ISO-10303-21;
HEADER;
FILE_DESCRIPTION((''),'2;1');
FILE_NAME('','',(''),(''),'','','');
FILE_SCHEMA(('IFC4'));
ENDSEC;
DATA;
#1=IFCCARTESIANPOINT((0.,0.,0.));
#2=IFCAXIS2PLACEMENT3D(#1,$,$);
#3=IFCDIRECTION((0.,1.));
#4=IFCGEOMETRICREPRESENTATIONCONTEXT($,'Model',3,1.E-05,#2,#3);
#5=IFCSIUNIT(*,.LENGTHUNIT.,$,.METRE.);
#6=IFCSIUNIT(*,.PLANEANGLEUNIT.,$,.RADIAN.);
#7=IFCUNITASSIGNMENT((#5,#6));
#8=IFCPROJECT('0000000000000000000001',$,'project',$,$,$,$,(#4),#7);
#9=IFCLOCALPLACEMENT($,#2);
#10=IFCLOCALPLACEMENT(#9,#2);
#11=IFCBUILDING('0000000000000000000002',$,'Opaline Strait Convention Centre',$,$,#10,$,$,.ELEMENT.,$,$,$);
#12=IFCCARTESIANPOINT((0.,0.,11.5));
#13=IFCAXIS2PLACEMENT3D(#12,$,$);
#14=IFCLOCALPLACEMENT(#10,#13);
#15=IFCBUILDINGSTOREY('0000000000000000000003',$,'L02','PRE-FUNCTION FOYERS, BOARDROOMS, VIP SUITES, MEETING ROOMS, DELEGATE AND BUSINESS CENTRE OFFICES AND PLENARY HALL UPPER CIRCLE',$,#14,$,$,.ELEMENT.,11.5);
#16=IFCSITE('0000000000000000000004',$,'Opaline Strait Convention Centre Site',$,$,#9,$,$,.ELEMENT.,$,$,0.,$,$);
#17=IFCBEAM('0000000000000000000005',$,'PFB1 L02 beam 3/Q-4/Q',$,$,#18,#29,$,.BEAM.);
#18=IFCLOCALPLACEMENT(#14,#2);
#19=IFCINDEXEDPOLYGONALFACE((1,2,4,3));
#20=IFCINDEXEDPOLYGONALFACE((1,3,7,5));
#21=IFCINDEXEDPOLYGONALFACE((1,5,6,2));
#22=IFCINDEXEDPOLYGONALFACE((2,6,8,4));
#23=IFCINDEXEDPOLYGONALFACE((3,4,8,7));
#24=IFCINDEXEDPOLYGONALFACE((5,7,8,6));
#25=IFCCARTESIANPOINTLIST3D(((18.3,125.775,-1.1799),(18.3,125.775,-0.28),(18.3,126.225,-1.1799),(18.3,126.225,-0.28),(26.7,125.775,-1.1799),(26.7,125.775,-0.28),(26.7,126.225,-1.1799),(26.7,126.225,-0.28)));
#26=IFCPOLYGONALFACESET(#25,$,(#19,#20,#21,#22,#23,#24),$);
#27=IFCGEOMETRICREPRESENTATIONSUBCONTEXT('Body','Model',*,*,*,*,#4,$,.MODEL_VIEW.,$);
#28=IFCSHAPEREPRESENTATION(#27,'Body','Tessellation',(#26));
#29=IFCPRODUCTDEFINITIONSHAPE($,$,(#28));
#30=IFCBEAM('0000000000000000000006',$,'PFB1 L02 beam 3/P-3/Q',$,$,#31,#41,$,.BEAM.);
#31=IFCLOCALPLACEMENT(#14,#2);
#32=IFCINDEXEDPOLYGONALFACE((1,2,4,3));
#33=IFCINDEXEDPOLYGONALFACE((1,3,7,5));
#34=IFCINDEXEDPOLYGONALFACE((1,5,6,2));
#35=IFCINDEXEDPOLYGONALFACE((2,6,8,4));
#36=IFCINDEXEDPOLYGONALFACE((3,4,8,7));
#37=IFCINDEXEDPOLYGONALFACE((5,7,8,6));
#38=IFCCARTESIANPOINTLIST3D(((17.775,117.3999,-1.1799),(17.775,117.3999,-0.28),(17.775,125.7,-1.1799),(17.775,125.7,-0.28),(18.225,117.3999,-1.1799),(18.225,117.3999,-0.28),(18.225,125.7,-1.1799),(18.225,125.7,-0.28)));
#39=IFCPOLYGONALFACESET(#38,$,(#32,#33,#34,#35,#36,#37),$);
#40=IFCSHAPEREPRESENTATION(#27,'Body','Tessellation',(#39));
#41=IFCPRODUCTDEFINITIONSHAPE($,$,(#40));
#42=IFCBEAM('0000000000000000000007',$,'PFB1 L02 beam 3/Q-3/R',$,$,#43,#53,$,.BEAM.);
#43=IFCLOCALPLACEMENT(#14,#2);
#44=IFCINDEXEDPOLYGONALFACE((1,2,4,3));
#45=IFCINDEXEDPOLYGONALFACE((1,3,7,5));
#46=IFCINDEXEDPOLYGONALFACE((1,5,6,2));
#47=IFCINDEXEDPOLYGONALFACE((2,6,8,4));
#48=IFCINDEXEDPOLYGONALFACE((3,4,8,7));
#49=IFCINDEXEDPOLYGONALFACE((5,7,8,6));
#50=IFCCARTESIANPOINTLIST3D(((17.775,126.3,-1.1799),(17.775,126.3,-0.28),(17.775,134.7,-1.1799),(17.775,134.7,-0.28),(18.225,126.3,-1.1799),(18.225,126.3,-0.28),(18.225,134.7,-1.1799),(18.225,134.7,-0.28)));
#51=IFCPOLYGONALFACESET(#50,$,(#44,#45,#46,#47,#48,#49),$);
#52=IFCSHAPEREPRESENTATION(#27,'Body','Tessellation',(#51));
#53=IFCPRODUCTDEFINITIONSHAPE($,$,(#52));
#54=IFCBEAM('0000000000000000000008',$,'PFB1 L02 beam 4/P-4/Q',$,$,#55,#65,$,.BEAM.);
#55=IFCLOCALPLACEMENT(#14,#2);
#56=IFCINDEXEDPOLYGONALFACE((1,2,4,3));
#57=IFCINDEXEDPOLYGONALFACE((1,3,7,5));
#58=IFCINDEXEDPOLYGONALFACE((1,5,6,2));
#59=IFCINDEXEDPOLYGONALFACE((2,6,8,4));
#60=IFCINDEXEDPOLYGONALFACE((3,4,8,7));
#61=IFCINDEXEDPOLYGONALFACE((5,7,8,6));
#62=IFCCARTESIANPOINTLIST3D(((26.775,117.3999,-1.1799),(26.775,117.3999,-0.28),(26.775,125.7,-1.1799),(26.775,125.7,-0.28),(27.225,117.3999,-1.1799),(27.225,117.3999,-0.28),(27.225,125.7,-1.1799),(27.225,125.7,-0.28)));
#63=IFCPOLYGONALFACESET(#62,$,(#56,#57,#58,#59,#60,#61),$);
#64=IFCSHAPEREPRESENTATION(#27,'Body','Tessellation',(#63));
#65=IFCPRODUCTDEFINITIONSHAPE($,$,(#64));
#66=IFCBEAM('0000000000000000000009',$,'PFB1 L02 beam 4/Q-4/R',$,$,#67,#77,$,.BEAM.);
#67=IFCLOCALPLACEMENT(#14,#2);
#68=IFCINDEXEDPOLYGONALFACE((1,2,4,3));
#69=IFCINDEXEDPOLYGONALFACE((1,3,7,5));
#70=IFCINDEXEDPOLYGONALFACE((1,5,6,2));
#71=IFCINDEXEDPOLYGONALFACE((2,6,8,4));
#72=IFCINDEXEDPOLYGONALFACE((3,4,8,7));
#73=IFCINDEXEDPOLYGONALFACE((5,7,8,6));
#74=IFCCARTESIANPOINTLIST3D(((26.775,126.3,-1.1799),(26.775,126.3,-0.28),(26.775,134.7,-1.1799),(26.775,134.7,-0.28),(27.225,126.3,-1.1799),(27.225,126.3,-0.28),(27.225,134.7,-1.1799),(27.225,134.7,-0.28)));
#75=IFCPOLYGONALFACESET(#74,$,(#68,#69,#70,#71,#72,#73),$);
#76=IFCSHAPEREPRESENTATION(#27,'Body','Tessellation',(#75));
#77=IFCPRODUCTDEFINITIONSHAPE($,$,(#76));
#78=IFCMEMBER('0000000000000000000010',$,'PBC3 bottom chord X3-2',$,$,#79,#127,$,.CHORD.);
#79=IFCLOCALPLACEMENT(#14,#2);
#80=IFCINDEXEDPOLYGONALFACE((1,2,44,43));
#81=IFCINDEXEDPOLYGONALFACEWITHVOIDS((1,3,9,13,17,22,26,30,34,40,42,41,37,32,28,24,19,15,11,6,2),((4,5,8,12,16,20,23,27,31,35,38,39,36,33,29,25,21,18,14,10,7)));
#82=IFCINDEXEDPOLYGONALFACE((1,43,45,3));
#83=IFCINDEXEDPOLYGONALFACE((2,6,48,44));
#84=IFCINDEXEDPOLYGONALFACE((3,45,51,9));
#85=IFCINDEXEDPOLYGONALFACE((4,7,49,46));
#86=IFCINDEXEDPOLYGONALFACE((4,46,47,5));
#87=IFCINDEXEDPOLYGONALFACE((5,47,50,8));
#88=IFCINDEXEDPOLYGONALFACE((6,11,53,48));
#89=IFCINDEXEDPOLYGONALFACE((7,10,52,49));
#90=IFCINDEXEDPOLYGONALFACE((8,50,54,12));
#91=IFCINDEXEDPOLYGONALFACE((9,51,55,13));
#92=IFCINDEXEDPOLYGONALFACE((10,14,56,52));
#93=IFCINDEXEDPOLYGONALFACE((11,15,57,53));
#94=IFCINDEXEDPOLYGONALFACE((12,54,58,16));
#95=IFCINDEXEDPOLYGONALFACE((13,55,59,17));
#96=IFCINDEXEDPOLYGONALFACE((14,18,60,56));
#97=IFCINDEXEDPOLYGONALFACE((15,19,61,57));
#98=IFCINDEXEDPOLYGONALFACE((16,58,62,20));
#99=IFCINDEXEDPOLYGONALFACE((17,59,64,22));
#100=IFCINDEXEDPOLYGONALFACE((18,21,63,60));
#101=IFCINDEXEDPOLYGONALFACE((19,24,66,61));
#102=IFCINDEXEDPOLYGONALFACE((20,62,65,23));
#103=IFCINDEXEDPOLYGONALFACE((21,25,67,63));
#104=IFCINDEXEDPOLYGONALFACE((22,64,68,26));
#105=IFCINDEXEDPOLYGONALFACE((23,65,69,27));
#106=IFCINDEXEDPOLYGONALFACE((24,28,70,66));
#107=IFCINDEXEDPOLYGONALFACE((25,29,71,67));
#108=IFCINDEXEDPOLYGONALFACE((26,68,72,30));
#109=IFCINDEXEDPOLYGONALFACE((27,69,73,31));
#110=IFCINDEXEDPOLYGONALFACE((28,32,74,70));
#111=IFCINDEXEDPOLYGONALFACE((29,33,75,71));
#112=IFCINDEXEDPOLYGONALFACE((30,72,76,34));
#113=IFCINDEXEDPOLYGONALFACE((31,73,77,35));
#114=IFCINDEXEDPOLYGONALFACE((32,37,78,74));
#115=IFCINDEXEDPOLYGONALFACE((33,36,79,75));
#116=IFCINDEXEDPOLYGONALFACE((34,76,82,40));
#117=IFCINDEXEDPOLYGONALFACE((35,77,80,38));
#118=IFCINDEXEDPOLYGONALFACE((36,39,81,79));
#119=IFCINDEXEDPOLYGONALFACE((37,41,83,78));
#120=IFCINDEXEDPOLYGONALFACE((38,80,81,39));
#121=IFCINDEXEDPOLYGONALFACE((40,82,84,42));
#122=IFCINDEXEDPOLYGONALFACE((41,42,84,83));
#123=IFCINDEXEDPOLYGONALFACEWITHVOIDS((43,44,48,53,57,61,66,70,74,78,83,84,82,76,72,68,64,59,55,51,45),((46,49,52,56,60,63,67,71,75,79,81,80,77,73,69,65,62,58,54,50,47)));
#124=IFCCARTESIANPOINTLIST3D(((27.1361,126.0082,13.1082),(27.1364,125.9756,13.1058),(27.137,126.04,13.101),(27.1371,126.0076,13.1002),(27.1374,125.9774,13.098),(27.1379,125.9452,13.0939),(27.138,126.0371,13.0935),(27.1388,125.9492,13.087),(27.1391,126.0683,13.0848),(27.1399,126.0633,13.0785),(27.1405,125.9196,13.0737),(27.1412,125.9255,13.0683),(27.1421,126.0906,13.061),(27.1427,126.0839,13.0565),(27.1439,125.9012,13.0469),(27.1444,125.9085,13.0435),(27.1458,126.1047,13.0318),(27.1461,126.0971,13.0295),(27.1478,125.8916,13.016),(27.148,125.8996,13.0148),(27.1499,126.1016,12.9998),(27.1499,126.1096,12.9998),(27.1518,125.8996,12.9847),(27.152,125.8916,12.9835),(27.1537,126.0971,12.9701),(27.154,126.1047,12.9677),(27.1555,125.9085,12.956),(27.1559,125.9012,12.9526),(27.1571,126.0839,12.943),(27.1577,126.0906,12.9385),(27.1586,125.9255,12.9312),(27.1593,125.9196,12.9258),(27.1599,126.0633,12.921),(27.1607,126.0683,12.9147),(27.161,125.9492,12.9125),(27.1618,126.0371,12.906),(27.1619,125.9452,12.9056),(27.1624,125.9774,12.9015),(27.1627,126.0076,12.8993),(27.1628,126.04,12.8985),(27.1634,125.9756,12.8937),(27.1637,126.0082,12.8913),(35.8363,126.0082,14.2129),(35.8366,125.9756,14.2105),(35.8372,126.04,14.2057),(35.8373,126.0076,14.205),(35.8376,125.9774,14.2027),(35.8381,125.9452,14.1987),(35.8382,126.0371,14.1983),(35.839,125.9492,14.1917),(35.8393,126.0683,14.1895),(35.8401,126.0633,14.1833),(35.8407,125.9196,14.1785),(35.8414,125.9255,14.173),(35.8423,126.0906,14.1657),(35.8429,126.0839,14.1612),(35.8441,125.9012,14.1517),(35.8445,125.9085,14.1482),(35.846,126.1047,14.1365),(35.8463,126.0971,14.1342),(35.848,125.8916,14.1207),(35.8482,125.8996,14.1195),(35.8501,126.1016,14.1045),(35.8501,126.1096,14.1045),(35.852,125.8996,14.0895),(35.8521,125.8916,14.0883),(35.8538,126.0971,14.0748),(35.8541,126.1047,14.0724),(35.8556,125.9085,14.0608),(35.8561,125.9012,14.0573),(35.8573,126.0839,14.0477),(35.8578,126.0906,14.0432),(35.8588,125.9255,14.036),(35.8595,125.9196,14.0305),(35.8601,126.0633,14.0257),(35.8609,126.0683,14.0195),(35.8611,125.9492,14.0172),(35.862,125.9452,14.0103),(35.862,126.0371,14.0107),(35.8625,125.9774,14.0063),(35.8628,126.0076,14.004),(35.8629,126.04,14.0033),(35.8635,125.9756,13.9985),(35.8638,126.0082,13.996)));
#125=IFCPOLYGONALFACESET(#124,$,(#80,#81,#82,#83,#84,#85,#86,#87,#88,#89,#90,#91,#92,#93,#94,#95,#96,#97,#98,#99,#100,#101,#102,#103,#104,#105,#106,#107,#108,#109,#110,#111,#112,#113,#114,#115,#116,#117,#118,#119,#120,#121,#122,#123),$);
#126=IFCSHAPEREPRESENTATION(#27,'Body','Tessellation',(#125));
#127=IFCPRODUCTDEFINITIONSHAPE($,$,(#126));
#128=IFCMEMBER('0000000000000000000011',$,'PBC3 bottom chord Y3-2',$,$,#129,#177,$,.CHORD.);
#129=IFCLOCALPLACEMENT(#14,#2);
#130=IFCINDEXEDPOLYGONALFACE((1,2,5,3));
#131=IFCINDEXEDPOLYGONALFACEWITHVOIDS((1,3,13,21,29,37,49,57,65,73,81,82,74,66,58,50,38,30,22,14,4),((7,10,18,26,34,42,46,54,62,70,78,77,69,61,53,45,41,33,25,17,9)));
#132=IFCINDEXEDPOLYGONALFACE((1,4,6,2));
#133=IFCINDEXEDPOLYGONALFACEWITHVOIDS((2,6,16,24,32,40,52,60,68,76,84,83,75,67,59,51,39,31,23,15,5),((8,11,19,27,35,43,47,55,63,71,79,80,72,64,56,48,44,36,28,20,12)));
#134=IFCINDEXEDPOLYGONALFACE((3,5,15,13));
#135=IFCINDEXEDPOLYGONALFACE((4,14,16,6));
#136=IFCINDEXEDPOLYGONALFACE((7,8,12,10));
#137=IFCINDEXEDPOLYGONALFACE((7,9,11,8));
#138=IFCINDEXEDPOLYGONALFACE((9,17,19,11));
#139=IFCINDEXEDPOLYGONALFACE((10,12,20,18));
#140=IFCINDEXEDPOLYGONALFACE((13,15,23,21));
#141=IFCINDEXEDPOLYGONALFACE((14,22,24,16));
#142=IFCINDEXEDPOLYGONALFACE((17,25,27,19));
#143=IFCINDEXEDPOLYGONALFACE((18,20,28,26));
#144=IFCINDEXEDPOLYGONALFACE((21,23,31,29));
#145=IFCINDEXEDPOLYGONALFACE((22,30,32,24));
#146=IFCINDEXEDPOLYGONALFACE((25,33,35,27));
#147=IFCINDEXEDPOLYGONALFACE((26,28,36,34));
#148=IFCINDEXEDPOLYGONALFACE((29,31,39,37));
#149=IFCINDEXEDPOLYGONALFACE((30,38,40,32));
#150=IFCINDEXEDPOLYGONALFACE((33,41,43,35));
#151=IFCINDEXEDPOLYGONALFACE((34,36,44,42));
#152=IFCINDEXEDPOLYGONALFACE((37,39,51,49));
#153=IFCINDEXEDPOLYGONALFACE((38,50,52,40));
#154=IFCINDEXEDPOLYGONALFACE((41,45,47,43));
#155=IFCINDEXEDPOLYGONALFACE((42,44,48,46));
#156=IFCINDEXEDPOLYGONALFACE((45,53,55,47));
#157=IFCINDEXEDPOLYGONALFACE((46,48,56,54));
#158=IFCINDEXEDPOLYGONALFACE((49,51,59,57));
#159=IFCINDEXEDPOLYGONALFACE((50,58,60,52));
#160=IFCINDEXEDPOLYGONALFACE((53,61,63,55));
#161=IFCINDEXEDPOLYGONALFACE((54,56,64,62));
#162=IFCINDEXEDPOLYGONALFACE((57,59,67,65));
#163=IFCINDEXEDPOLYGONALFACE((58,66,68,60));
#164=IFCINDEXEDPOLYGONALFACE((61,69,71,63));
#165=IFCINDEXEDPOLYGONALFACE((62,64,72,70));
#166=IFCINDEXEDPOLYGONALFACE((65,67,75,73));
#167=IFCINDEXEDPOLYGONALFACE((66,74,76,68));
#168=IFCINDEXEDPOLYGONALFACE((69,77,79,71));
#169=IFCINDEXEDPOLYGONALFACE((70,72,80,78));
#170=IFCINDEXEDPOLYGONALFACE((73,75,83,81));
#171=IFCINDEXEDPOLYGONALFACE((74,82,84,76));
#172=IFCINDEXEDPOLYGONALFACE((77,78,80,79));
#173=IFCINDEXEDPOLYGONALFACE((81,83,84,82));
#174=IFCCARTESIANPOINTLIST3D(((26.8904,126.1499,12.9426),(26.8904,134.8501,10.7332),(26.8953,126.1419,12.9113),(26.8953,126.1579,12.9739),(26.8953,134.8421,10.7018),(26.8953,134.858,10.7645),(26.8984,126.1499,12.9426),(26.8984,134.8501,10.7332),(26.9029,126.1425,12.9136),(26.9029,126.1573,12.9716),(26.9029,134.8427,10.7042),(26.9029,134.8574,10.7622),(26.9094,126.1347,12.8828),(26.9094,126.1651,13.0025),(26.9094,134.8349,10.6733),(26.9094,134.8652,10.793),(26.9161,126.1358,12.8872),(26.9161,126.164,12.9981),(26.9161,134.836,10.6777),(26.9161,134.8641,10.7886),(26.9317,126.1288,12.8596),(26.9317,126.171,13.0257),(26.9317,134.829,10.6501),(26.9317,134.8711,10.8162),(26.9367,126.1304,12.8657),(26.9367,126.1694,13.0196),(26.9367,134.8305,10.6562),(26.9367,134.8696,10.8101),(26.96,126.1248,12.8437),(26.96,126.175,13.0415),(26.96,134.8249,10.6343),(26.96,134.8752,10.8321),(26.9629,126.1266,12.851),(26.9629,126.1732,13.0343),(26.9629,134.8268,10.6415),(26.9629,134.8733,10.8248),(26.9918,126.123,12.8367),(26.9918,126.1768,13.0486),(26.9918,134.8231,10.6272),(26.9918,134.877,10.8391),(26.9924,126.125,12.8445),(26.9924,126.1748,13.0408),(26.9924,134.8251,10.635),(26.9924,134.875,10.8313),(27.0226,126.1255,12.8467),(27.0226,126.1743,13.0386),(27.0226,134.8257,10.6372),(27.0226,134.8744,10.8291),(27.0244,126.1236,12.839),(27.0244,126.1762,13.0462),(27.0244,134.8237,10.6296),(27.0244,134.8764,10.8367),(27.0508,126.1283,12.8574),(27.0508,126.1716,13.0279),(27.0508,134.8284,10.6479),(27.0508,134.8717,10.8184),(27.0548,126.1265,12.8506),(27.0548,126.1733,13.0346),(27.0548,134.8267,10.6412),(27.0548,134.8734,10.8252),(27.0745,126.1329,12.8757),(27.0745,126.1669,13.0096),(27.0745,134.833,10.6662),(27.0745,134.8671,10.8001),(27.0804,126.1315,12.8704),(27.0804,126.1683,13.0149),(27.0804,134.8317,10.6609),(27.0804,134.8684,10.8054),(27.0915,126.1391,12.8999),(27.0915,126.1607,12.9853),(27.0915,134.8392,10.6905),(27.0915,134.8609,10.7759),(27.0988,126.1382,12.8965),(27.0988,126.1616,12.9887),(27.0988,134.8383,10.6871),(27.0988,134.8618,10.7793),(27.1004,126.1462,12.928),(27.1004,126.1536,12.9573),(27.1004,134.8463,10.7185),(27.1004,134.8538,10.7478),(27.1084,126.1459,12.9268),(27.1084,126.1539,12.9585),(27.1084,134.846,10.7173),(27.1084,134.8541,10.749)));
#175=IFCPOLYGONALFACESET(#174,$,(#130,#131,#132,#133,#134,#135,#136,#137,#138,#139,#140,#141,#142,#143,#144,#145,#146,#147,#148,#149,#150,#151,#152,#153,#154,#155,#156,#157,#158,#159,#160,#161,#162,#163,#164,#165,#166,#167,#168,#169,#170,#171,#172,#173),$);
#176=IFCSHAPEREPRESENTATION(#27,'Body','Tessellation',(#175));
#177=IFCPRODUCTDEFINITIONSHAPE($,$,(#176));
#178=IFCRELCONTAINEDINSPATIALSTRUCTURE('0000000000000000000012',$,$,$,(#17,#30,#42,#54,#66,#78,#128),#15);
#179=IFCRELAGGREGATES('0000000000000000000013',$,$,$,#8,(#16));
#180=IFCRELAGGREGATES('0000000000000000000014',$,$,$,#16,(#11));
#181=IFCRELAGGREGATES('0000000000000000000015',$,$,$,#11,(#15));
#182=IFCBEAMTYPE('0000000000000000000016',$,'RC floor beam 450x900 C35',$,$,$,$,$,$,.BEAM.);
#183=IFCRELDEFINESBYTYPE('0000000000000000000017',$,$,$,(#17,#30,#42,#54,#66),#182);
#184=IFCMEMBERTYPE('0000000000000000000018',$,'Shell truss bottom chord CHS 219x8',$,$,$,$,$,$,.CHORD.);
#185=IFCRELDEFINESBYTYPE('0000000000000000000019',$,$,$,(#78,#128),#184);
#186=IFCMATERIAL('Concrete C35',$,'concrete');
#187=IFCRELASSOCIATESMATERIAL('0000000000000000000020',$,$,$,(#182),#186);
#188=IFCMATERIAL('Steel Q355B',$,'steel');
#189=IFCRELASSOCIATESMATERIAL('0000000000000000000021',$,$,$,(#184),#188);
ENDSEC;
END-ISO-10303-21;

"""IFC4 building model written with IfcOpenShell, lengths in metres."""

from ifc_helpers import new_model, si_unit, direction, frame, origin, origin_2d, place, context, subcontext, project, spatial, rectangle, hollow_circle, extrude, material, material_profile, profile_set, type_object, element, save


model = new_model("IFC4")

# Units and contexts
model_context = context("Model", 3, precision=1e-05, world=origin(), true_north=direction((0.0, 1.0)))
body_context = subcontext(model_context, "Body", "Model", "MODEL_VIEW")
ifc_project = project(units=[si_unit("LENGTHUNIT", "METRE"), si_unit("PLANEANGLEUNIT", "RADIAN")], contexts=[model_context])

# Site, building, storey
site_placement = place(None, origin())
site = spatial("IfcSite", under=ifc_project, at=site_placement, Name="Opaline Strait Convention Centre Site", CompositionType="ELEMENT", RefElevation=0.0)
building_placement = place(site_placement, origin())
building = spatial("IfcBuilding", under=site, at=building_placement, Name="Opaline Strait Convention Centre", CompositionType="ELEMENT")
storey_placement = place(building_placement, frame((0.0, 0.0, 11.5)))
storey = spatial("IfcBuildingStorey", under=building, at=storey_placement, Name="L02", Description="PRE-FUNCTION FOYERS, BOARDROOMS, VIP SUITES, MEETING ROOMS, DELEGATE AND BUSINESS CENTRE OFFICES AND PLENARY HALL UPPER CIRCLE", CompositionType="ELEMENT", Elevation=11.5)

# Beams
ifc_material_1 = material(Name="Concrete C35", Category="concrete")
ifc_material_profile_1 = material_profile(ifc_material_1, rectangle(XDim=0.45, YDim=0.8999, at=origin_2d()), Name="RC 450x900")
ifc_profile_set_1 = profile_set([ifc_material_profile_1], Name="Concrete C35")
beam_type = type_object("IfcBeamType", Name="RC floor beam 450x900 C35", PredefinedType="BEAM", material=ifc_profile_set_1)
beam_1_placement = place(storey_placement, frame((18.3, 126.0, -0.73), z_axis=(1.0, 0.0, 0.0), x_axis=(0.0, 1.0, 0.0)))
element("IfcBeam", 1, at=beam_1_placement, inside=storey, type_object=beam_type, Name="PFB1 L02 beam 3/Q-4/Q", PredefinedType="BEAM", context=body_context, shape_type="SweptSolid", body=[
    extrude(rectangle(XDim=0.45, YDim=0.8999, at=origin_2d()), origin(), (0.0, 0.0, 1.0), 8.3999),
])
beam_2_placement = place(storey_placement, frame((18.0, 117.3999, -0.73), z_axis=(0.0, 1.0, 0.0), x_axis=(-1.0, 0.0, 0.0)))
element("IfcBeam", 2, at=beam_2_placement, inside=storey, type_object=beam_type, Name="PFB1 L02 beam 3/P-3/Q", PredefinedType="BEAM", context=body_context, shape_type="SweptSolid", body=[
    extrude(rectangle(XDim=0.45, YDim=0.8999, at=origin_2d()), origin(), (0.0, 0.0, 1.0), 8.3),
])
beam_3_placement = place(storey_placement, frame((18.0, 126.3, -0.73), z_axis=(0.0, 1.0, 0.0), x_axis=(-1.0, 0.0, 0.0)))
element("IfcBeam", 3, at=beam_3_placement, inside=storey, type_object=beam_type, Name="PFB1 L02 beam 3/Q-3/R", PredefinedType="BEAM", context=body_context, shape_type="SweptSolid", body=[
    extrude(rectangle(XDim=0.45, YDim=0.8999, at=origin_2d()), origin(), (0.0, 0.0, 1.0), 8.3999),
])
beam_4_placement = place(storey_placement, frame((27.0, 117.3999, -0.73), z_axis=(0.0, 1.0, 0.0), x_axis=(-1.0, 0.0, 0.0)))
element("IfcBeam", 4, at=beam_4_placement, inside=storey, type_object=beam_type, Name="PFB1 L02 beam 4/P-4/Q", PredefinedType="BEAM", context=body_context, shape_type="SweptSolid", body=[
    extrude(rectangle(XDim=0.45, YDim=0.8999, at=origin_2d()), origin(), (0.0, 0.0, 1.0), 8.3),
])
beam_5_placement = place(storey_placement, frame((27.0, 126.3, -0.73), z_axis=(0.0, 1.0, 0.0), x_axis=(-1.0, 0.0, 0.0)))
element("IfcBeam", 5, at=beam_5_placement, inside=storey, type_object=beam_type, Name="PFB1 L02 beam 4/Q-4/R", PredefinedType="BEAM", context=body_context, shape_type="SweptSolid", body=[
    extrude(rectangle(XDim=0.45, YDim=0.8999, at=origin_2d()), origin(), (0.0, 0.0, 1.0), 8.3999),
])

# Members
ifc_material_2 = material(Name="Steel Q355B", Category="steel")
ifc_material_profile_2 = material_profile(ifc_material_2, hollow_circle(Radius=0.1096, WallThickness=0.0081, at=origin_2d()), Name="CHS 219x8")
ifc_profile_set_2 = profile_set([ifc_material_profile_2], Name="Steel Q355B")
member_type_1 = type_object("IfcMemberType", Name="Shell truss bottom chord CHS 219x8", PredefinedType="CHORD", material=ifc_profile_set_2)
member_1_placement = place(storey_placement, frame((27.1499, 126.0, 12.9998), z_axis=(0.992034, 0.0, 0.125967), x_axis=(0.0, 1.0, 0.0)))
element("IfcMember", 6, at=member_1_placement, inside=storey, type_object=member_type_1, Name="PBC3 bottom chord X3-2", PredefinedType="CHORD", context=body_context, shape_type="SweptSolid", body=[
    extrude(hollow_circle(Radius=0.1096, WallThickness=0.0081, at=origin_2d()), origin(), (0.0, 0.0, 1.0), 8.77),
])
member_2_placement = place(storey_placement, frame((27.0, 126.1499, 12.9426), z_axis=(0.0, 0.969233, -0.246143), x_axis=(-1.0, 0.0, 0.0)))
element("IfcMember", 7, at=member_2_placement, inside=storey, type_object=member_type_1, Name="PBC3 bottom chord Y3-2", PredefinedType="CHORD", context=body_context, shape_type="SweptSolid", body=[
    extrude(hollow_circle(Radius=0.1096, WallThickness=0.0081, at=origin_2d()), origin(), (0.0, 0.0, 1.0), 8.9763),
])

save(model, "model.ifc")
